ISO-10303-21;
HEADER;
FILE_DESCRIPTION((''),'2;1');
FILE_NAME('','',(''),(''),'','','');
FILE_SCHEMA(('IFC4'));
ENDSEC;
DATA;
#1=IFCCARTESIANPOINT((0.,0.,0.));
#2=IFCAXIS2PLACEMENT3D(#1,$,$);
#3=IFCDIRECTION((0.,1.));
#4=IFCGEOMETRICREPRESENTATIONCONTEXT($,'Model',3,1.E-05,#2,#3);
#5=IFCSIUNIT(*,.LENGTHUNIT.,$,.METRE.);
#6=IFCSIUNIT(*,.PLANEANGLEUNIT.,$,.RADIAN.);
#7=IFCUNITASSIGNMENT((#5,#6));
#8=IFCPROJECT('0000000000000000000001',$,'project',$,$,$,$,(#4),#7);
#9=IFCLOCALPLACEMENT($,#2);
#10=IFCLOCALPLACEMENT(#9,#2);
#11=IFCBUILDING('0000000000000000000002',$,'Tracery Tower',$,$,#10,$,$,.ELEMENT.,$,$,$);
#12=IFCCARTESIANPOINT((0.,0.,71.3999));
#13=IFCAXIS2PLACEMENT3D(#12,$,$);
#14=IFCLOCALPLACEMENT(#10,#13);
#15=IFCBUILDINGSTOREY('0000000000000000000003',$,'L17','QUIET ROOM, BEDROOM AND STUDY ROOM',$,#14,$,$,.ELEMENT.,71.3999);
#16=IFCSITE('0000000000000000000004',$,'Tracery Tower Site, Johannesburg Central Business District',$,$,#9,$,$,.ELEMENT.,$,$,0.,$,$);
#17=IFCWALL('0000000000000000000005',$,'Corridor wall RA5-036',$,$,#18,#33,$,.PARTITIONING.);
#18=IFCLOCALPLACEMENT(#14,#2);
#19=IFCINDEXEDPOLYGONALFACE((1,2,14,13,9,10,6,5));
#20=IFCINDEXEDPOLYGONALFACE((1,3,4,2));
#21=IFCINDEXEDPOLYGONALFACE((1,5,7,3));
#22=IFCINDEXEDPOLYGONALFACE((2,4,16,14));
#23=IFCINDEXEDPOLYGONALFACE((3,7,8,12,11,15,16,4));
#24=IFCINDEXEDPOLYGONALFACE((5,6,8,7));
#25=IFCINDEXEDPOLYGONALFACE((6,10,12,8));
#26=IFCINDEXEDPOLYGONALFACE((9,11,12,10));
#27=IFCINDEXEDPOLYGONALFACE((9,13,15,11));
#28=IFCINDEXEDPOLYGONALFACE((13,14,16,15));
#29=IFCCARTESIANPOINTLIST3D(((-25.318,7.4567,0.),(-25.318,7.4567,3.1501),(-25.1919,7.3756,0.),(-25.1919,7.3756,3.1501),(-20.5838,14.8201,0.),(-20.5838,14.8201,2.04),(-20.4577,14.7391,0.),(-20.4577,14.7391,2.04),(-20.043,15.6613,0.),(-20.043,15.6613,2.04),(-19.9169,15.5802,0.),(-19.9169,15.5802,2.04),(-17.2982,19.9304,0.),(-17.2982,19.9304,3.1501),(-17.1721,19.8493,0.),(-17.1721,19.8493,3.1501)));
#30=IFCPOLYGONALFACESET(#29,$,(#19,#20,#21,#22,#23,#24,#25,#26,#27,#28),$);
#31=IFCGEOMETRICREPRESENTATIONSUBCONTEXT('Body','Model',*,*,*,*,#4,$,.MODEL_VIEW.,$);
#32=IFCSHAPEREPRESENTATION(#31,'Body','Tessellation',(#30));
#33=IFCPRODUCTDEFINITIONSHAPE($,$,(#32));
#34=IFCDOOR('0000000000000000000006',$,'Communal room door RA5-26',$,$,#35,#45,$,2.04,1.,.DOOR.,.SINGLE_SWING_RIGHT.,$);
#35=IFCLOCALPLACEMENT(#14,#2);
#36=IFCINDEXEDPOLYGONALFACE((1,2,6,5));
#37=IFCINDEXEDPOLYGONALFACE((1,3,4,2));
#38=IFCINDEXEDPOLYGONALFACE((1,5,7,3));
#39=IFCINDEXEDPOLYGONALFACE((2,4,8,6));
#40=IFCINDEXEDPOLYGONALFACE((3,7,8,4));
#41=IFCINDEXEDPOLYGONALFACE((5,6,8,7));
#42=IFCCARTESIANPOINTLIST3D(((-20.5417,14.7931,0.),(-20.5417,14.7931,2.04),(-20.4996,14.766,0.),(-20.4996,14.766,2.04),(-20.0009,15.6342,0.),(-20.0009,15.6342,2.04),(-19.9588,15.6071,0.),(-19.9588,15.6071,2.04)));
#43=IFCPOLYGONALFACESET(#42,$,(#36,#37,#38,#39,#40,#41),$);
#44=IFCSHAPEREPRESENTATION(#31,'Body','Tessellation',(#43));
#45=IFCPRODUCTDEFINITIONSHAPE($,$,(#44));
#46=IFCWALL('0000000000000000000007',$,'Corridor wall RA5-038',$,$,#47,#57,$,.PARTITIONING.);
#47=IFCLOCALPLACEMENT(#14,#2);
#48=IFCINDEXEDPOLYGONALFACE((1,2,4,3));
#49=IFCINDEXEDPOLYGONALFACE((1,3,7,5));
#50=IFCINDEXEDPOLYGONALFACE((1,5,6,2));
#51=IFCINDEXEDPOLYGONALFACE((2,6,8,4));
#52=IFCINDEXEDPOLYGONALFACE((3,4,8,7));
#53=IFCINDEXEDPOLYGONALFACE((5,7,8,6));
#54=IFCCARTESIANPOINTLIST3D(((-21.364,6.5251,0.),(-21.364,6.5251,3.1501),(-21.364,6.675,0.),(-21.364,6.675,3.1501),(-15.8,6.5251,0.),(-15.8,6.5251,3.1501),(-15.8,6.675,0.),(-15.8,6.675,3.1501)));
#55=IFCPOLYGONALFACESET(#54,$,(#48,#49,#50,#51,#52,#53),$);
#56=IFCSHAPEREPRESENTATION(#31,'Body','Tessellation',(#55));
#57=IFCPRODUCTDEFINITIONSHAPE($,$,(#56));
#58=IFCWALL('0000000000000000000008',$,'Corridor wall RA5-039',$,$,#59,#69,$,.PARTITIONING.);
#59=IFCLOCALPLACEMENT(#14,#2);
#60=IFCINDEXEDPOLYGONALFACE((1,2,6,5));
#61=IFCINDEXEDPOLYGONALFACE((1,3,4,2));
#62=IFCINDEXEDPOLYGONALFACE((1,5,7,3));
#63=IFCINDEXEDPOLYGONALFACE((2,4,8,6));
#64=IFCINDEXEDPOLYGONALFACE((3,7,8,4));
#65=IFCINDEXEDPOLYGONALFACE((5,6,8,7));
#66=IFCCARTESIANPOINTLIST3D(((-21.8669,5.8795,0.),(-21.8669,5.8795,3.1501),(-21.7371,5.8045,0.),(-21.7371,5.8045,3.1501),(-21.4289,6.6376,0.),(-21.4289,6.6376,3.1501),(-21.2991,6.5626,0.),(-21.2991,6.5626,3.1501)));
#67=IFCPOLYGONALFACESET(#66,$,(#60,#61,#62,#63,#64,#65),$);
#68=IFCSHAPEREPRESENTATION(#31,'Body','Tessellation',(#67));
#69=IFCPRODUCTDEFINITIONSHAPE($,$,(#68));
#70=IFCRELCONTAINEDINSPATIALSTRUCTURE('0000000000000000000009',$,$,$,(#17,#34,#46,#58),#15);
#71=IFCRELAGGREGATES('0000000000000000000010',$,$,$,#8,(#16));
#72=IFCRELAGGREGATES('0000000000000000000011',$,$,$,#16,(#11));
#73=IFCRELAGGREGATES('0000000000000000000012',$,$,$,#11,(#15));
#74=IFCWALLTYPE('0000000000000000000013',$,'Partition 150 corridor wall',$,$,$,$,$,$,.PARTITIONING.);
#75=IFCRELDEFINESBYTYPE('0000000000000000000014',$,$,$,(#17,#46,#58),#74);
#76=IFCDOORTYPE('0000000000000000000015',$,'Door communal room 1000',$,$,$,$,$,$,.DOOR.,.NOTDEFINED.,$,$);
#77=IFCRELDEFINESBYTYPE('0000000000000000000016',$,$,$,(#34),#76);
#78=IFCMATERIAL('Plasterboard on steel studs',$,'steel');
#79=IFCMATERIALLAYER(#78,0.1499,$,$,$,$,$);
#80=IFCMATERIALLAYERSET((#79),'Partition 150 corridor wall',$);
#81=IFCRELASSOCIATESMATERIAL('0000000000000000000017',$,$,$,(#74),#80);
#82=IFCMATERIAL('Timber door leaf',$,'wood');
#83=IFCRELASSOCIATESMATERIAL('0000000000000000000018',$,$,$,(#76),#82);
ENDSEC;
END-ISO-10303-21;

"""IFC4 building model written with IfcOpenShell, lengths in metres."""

from ifc_helpers import new_model, si_unit, direction, frame, frame_2d, origin, place, context, subcontext, project, spatial, rectangle, extrude, material, layer, layer_set, type_object, element, fill, save


model = new_model("IFC4")

# Units and contexts
model_context = context("Model", 3, precision=1e-05, world=origin(), true_north=direction((0.0, 1.0)))
body_context = subcontext(model_context, "Body", "Model", "MODEL_VIEW")
ifc_project = project(units=[si_unit("LENGTHUNIT", "METRE"), si_unit("PLANEANGLEUNIT", "RADIAN")], contexts=[model_context])

# Site, building, storey
site_placement = place(None, origin())
site = spatial("IfcSite", under=ifc_project, at=site_placement, Name="Tracery Tower Site, Johannesburg Central Business District", CompositionType="ELEMENT", RefElevation=0.0)
building_placement = place(site_placement, origin())
building = spatial("IfcBuilding", under=site, at=building_placement, Name="Tracery Tower", CompositionType="ELEMENT")
storey_placement = place(building_placement, frame((0.0, 0.0, 71.3999)))
storey = spatial("IfcBuildingStorey", under=building, at=storey_placement, Name="L17", Description="QUIET ROOM, BEDROOM AND STUDY ROOM", CompositionType="ELEMENT", Elevation=71.3999)

# Shared definitions
ifc_material_1 = material(Name="Plasterboard on steel studs", Category="steel")
ifc_layer_1 = layer(ifc_material_1, 0.1499)
ifc_layer_set_1 = layer_set([ifc_layer_1], Name="Partition 150 corridor wall")
wall_type_1 = type_object("IfcWallType", Name="Partition 150 corridor wall", PredefinedType="PARTITIONING", material=ifc_layer_set_1)
ifc_material_2 = material(Name="Timber door leaf", Category="wood")
door_type_1 = type_object("IfcDoorType", Name="Door communal room 1000", OperationType="NOTDEFINED", PredefinedType="DOOR", material=ifc_material_2)

# Wall, opening, door
wall_1_placement = place(storey_placement, frame((-25.2549, 7.4163, 0.0), z_axis=(0.0, 0.0, 1.0), x_axis=(0.540806, 0.841147, 0.0)))
wall_1 = element("IfcWall", 1, at=wall_1_placement, inside=storey, type_object=wall_type_1, Name="Corridor wall RA5-036", PredefinedType="PARTITIONING", context=body_context, shape_type="SweptSolid", body=[
    extrude(rectangle(XDim=14.8293, YDim=0.1499, at=frame_2d((7.4146, 0.0))), origin(), (0.0, 0.0, 1.0), 3.1501),
])
opening_1_placement = place(wall_1_placement, frame((8.7539, 0.0, 0.0)))
opening_1 = element("IfcOpeningElement", 2, at=opening_1_placement, cuts=wall_1, PredefinedType="OPENING", context=body_context, shape_type="SweptSolid", body=[
    extrude(rectangle(XDim=1.0, YDim=2.04, at=frame_2d((0.5, 1.02))), frame((0.0, 0.075, 0.0), z_axis=(0.0, -1.0, 0.0), x_axis=(1.0, 0.0, 0.0)), (0.0, 0.0, 1.0), 0.1499),
])
door_1_placement = place(opening_1_placement, origin())
door_1 = element("IfcDoor", 3, at=door_1_placement, inside=storey, type_object=door_type_1, Name="Communal room door RA5-26", OperationType="SINGLE_SWING_RIGHT", OverallHeight=2.04, OverallWidth=1.0, PredefinedType="DOOR", context=body_context, shape_type="SweptSolid", body=[
    extrude(rectangle(XDim=1.0, YDim=2.04, at=frame_2d((0.5, 1.02))), frame((0.0, 0.0249, 0.0), z_axis=(0.0, -1.0, 0.0), x_axis=(1.0, 0.0, 0.0)), (0.0, 0.0, 1.0), 0.05),
])
fill(opening_1, door_1)

# Walls
wall_2_placement = place(storey_placement, frame((-21.364, 6.6001, 0.0), z_axis=(0.0, 0.0, 1.0), x_axis=(1.0, 0.0, 0.0)))
element("IfcWall", 4, at=wall_2_placement, inside=storey, type_object=wall_type_1, Name="Corridor wall RA5-038", PredefinedType="PARTITIONING", context=body_context, shape_type="SweptSolid", body=[
    extrude(rectangle(XDim=5.564, YDim=0.1499, at=frame_2d((2.782, 0.0))), origin(), (0.0, 0.0, 1.0), 3.1501),
])
wall_3_placement = place(storey_placement, frame((-21.802, 5.842, 0.0), z_axis=(0.0, 0.0, 1.0), x_axis=(0.500278, 0.865865, 0.0)))
element("IfcWall", 5, at=wall_3_placement, inside=storey, type_object=wall_type_1, Name="Corridor wall RA5-039", PredefinedType="PARTITIONING", context=body_context, shape_type="SweptSolid", body=[
    extrude(rectangle(XDim=0.8755, YDim=0.1499, at=frame_2d((0.4377, 0.0))), origin(), (0.0, 0.0, 1.0), 3.1501),
])

save(model, "model.ifc")
